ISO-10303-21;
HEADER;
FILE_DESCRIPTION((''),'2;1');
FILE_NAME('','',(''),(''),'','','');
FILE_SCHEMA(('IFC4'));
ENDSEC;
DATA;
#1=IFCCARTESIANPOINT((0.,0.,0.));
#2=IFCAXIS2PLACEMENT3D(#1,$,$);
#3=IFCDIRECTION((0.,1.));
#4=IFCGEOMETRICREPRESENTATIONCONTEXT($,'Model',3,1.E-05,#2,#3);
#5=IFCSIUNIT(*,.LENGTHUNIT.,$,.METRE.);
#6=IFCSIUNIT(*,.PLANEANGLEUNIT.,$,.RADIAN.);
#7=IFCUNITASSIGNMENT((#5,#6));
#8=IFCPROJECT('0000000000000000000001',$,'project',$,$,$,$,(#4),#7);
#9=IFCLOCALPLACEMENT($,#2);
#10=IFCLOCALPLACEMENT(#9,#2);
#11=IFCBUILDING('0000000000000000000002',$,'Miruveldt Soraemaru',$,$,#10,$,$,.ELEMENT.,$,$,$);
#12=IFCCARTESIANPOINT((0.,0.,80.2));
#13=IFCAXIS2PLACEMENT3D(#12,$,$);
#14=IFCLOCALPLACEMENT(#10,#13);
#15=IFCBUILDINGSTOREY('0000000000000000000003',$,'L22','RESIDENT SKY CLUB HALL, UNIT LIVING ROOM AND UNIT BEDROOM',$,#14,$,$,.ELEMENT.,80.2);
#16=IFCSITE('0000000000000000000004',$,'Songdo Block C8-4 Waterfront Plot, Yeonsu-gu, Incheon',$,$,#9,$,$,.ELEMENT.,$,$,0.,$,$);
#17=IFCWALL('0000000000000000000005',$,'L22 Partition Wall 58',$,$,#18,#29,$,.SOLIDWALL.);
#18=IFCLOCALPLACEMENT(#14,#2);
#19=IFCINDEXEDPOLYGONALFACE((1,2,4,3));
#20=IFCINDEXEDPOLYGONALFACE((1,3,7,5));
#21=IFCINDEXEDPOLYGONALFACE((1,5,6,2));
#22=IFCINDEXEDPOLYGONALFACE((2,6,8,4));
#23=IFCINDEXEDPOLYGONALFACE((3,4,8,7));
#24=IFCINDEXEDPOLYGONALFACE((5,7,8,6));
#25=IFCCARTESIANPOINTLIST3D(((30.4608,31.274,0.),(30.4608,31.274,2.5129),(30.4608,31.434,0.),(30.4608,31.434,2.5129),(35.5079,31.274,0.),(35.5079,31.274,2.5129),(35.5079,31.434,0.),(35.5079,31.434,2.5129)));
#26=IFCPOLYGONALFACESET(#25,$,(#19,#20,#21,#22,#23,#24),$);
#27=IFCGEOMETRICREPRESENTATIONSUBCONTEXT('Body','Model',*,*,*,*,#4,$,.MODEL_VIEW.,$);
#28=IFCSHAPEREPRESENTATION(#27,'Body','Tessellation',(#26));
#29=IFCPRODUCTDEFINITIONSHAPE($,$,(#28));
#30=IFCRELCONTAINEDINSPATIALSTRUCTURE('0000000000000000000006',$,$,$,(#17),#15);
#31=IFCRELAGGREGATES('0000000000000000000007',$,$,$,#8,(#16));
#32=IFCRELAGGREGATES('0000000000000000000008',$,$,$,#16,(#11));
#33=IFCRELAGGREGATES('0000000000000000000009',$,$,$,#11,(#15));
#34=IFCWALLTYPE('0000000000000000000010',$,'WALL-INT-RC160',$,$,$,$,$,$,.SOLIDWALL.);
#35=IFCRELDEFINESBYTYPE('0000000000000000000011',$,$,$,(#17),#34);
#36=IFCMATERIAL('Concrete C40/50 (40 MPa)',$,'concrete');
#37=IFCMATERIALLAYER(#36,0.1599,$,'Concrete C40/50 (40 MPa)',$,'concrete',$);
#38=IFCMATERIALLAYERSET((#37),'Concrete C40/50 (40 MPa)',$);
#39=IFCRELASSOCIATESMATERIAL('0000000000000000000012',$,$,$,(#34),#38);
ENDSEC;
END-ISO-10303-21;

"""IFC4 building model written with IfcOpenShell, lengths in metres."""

from ifc_helpers import new_model, si_unit, direction, frame, frame_2d, origin, place, context, subcontext, project, spatial, rectangle, extrude, material, layer, layer_set, type_object, element, save


model = new_model("IFC4")

# Units and contexts
model_context = context("Model", 3, precision=1e-05, world=origin(), true_north=direction((0.0, 1.0)))
body_context = subcontext(model_context, "Body", "Model", "MODEL_VIEW")
ifc_project = project(units=[si_unit("LENGTHUNIT", "METRE"), si_unit("PLANEANGLEUNIT", "RADIAN")], contexts=[model_context])

# Site, building, storey
site_placement = place(None, origin())
site = spatial("IfcSite", under=ifc_project, at=site_placement, Name="Songdo Block C8-4 Waterfront Plot, Yeonsu-gu, Incheon", CompositionType="ELEMENT", RefElevation=0.0)
building_placement = place(site_placement, origin())
building = spatial("IfcBuilding", under=site, at=building_placement, Name="Miruveldt Soraemaru", CompositionType="ELEMENT")
storey_placement = place(building_placement, frame((0.0, 0.0, 80.2)))
storey = spatial("IfcBuildingStorey", under=building, at=storey_placement, Name="L22", Description="RESIDENT SKY CLUB HALL, UNIT LIVING ROOM AND UNIT BEDROOM", CompositionType="ELEMENT", Elevation=80.2)

# Shared definitions
ifc_material_1 = material(Name="Concrete C40/50 (40 MPa)", Category="concrete")
ifc_layer_1 = layer(ifc_material_1, 0.1599, Name="Concrete C40/50 (40 MPa)", Category="concrete")
ifc_layer_set_1 = layer_set([ifc_layer_1], Name="Concrete C40/50 (40 MPa)")
wall_type_1 = type_object("IfcWallType", Name="WALL-INT-RC160", PredefinedType="SOLIDWALL", material=ifc_layer_set_1)

# Wall
wall_1_placement = place(storey_placement, frame((30.4609, 31.354, 0.0), z_axis=(0.0, 0.0, 1.0), x_axis=(1.0, 0.0, 0.0)))
element("IfcWall", 1, at=wall_1_placement, inside=storey, type_object=wall_type_1, Name="L22 Partition Wall 58", PredefinedType="SOLIDWALL", context=body_context, shape_type="SweptSolid", body=[
    extrude(rectangle(XDim=5.0471, YDim=0.1599, at=frame_2d((2.5234, 0.0))), origin(), (0.0, 0.0, 1.0), 2.5129),
])

save(model, "model.ifc")
